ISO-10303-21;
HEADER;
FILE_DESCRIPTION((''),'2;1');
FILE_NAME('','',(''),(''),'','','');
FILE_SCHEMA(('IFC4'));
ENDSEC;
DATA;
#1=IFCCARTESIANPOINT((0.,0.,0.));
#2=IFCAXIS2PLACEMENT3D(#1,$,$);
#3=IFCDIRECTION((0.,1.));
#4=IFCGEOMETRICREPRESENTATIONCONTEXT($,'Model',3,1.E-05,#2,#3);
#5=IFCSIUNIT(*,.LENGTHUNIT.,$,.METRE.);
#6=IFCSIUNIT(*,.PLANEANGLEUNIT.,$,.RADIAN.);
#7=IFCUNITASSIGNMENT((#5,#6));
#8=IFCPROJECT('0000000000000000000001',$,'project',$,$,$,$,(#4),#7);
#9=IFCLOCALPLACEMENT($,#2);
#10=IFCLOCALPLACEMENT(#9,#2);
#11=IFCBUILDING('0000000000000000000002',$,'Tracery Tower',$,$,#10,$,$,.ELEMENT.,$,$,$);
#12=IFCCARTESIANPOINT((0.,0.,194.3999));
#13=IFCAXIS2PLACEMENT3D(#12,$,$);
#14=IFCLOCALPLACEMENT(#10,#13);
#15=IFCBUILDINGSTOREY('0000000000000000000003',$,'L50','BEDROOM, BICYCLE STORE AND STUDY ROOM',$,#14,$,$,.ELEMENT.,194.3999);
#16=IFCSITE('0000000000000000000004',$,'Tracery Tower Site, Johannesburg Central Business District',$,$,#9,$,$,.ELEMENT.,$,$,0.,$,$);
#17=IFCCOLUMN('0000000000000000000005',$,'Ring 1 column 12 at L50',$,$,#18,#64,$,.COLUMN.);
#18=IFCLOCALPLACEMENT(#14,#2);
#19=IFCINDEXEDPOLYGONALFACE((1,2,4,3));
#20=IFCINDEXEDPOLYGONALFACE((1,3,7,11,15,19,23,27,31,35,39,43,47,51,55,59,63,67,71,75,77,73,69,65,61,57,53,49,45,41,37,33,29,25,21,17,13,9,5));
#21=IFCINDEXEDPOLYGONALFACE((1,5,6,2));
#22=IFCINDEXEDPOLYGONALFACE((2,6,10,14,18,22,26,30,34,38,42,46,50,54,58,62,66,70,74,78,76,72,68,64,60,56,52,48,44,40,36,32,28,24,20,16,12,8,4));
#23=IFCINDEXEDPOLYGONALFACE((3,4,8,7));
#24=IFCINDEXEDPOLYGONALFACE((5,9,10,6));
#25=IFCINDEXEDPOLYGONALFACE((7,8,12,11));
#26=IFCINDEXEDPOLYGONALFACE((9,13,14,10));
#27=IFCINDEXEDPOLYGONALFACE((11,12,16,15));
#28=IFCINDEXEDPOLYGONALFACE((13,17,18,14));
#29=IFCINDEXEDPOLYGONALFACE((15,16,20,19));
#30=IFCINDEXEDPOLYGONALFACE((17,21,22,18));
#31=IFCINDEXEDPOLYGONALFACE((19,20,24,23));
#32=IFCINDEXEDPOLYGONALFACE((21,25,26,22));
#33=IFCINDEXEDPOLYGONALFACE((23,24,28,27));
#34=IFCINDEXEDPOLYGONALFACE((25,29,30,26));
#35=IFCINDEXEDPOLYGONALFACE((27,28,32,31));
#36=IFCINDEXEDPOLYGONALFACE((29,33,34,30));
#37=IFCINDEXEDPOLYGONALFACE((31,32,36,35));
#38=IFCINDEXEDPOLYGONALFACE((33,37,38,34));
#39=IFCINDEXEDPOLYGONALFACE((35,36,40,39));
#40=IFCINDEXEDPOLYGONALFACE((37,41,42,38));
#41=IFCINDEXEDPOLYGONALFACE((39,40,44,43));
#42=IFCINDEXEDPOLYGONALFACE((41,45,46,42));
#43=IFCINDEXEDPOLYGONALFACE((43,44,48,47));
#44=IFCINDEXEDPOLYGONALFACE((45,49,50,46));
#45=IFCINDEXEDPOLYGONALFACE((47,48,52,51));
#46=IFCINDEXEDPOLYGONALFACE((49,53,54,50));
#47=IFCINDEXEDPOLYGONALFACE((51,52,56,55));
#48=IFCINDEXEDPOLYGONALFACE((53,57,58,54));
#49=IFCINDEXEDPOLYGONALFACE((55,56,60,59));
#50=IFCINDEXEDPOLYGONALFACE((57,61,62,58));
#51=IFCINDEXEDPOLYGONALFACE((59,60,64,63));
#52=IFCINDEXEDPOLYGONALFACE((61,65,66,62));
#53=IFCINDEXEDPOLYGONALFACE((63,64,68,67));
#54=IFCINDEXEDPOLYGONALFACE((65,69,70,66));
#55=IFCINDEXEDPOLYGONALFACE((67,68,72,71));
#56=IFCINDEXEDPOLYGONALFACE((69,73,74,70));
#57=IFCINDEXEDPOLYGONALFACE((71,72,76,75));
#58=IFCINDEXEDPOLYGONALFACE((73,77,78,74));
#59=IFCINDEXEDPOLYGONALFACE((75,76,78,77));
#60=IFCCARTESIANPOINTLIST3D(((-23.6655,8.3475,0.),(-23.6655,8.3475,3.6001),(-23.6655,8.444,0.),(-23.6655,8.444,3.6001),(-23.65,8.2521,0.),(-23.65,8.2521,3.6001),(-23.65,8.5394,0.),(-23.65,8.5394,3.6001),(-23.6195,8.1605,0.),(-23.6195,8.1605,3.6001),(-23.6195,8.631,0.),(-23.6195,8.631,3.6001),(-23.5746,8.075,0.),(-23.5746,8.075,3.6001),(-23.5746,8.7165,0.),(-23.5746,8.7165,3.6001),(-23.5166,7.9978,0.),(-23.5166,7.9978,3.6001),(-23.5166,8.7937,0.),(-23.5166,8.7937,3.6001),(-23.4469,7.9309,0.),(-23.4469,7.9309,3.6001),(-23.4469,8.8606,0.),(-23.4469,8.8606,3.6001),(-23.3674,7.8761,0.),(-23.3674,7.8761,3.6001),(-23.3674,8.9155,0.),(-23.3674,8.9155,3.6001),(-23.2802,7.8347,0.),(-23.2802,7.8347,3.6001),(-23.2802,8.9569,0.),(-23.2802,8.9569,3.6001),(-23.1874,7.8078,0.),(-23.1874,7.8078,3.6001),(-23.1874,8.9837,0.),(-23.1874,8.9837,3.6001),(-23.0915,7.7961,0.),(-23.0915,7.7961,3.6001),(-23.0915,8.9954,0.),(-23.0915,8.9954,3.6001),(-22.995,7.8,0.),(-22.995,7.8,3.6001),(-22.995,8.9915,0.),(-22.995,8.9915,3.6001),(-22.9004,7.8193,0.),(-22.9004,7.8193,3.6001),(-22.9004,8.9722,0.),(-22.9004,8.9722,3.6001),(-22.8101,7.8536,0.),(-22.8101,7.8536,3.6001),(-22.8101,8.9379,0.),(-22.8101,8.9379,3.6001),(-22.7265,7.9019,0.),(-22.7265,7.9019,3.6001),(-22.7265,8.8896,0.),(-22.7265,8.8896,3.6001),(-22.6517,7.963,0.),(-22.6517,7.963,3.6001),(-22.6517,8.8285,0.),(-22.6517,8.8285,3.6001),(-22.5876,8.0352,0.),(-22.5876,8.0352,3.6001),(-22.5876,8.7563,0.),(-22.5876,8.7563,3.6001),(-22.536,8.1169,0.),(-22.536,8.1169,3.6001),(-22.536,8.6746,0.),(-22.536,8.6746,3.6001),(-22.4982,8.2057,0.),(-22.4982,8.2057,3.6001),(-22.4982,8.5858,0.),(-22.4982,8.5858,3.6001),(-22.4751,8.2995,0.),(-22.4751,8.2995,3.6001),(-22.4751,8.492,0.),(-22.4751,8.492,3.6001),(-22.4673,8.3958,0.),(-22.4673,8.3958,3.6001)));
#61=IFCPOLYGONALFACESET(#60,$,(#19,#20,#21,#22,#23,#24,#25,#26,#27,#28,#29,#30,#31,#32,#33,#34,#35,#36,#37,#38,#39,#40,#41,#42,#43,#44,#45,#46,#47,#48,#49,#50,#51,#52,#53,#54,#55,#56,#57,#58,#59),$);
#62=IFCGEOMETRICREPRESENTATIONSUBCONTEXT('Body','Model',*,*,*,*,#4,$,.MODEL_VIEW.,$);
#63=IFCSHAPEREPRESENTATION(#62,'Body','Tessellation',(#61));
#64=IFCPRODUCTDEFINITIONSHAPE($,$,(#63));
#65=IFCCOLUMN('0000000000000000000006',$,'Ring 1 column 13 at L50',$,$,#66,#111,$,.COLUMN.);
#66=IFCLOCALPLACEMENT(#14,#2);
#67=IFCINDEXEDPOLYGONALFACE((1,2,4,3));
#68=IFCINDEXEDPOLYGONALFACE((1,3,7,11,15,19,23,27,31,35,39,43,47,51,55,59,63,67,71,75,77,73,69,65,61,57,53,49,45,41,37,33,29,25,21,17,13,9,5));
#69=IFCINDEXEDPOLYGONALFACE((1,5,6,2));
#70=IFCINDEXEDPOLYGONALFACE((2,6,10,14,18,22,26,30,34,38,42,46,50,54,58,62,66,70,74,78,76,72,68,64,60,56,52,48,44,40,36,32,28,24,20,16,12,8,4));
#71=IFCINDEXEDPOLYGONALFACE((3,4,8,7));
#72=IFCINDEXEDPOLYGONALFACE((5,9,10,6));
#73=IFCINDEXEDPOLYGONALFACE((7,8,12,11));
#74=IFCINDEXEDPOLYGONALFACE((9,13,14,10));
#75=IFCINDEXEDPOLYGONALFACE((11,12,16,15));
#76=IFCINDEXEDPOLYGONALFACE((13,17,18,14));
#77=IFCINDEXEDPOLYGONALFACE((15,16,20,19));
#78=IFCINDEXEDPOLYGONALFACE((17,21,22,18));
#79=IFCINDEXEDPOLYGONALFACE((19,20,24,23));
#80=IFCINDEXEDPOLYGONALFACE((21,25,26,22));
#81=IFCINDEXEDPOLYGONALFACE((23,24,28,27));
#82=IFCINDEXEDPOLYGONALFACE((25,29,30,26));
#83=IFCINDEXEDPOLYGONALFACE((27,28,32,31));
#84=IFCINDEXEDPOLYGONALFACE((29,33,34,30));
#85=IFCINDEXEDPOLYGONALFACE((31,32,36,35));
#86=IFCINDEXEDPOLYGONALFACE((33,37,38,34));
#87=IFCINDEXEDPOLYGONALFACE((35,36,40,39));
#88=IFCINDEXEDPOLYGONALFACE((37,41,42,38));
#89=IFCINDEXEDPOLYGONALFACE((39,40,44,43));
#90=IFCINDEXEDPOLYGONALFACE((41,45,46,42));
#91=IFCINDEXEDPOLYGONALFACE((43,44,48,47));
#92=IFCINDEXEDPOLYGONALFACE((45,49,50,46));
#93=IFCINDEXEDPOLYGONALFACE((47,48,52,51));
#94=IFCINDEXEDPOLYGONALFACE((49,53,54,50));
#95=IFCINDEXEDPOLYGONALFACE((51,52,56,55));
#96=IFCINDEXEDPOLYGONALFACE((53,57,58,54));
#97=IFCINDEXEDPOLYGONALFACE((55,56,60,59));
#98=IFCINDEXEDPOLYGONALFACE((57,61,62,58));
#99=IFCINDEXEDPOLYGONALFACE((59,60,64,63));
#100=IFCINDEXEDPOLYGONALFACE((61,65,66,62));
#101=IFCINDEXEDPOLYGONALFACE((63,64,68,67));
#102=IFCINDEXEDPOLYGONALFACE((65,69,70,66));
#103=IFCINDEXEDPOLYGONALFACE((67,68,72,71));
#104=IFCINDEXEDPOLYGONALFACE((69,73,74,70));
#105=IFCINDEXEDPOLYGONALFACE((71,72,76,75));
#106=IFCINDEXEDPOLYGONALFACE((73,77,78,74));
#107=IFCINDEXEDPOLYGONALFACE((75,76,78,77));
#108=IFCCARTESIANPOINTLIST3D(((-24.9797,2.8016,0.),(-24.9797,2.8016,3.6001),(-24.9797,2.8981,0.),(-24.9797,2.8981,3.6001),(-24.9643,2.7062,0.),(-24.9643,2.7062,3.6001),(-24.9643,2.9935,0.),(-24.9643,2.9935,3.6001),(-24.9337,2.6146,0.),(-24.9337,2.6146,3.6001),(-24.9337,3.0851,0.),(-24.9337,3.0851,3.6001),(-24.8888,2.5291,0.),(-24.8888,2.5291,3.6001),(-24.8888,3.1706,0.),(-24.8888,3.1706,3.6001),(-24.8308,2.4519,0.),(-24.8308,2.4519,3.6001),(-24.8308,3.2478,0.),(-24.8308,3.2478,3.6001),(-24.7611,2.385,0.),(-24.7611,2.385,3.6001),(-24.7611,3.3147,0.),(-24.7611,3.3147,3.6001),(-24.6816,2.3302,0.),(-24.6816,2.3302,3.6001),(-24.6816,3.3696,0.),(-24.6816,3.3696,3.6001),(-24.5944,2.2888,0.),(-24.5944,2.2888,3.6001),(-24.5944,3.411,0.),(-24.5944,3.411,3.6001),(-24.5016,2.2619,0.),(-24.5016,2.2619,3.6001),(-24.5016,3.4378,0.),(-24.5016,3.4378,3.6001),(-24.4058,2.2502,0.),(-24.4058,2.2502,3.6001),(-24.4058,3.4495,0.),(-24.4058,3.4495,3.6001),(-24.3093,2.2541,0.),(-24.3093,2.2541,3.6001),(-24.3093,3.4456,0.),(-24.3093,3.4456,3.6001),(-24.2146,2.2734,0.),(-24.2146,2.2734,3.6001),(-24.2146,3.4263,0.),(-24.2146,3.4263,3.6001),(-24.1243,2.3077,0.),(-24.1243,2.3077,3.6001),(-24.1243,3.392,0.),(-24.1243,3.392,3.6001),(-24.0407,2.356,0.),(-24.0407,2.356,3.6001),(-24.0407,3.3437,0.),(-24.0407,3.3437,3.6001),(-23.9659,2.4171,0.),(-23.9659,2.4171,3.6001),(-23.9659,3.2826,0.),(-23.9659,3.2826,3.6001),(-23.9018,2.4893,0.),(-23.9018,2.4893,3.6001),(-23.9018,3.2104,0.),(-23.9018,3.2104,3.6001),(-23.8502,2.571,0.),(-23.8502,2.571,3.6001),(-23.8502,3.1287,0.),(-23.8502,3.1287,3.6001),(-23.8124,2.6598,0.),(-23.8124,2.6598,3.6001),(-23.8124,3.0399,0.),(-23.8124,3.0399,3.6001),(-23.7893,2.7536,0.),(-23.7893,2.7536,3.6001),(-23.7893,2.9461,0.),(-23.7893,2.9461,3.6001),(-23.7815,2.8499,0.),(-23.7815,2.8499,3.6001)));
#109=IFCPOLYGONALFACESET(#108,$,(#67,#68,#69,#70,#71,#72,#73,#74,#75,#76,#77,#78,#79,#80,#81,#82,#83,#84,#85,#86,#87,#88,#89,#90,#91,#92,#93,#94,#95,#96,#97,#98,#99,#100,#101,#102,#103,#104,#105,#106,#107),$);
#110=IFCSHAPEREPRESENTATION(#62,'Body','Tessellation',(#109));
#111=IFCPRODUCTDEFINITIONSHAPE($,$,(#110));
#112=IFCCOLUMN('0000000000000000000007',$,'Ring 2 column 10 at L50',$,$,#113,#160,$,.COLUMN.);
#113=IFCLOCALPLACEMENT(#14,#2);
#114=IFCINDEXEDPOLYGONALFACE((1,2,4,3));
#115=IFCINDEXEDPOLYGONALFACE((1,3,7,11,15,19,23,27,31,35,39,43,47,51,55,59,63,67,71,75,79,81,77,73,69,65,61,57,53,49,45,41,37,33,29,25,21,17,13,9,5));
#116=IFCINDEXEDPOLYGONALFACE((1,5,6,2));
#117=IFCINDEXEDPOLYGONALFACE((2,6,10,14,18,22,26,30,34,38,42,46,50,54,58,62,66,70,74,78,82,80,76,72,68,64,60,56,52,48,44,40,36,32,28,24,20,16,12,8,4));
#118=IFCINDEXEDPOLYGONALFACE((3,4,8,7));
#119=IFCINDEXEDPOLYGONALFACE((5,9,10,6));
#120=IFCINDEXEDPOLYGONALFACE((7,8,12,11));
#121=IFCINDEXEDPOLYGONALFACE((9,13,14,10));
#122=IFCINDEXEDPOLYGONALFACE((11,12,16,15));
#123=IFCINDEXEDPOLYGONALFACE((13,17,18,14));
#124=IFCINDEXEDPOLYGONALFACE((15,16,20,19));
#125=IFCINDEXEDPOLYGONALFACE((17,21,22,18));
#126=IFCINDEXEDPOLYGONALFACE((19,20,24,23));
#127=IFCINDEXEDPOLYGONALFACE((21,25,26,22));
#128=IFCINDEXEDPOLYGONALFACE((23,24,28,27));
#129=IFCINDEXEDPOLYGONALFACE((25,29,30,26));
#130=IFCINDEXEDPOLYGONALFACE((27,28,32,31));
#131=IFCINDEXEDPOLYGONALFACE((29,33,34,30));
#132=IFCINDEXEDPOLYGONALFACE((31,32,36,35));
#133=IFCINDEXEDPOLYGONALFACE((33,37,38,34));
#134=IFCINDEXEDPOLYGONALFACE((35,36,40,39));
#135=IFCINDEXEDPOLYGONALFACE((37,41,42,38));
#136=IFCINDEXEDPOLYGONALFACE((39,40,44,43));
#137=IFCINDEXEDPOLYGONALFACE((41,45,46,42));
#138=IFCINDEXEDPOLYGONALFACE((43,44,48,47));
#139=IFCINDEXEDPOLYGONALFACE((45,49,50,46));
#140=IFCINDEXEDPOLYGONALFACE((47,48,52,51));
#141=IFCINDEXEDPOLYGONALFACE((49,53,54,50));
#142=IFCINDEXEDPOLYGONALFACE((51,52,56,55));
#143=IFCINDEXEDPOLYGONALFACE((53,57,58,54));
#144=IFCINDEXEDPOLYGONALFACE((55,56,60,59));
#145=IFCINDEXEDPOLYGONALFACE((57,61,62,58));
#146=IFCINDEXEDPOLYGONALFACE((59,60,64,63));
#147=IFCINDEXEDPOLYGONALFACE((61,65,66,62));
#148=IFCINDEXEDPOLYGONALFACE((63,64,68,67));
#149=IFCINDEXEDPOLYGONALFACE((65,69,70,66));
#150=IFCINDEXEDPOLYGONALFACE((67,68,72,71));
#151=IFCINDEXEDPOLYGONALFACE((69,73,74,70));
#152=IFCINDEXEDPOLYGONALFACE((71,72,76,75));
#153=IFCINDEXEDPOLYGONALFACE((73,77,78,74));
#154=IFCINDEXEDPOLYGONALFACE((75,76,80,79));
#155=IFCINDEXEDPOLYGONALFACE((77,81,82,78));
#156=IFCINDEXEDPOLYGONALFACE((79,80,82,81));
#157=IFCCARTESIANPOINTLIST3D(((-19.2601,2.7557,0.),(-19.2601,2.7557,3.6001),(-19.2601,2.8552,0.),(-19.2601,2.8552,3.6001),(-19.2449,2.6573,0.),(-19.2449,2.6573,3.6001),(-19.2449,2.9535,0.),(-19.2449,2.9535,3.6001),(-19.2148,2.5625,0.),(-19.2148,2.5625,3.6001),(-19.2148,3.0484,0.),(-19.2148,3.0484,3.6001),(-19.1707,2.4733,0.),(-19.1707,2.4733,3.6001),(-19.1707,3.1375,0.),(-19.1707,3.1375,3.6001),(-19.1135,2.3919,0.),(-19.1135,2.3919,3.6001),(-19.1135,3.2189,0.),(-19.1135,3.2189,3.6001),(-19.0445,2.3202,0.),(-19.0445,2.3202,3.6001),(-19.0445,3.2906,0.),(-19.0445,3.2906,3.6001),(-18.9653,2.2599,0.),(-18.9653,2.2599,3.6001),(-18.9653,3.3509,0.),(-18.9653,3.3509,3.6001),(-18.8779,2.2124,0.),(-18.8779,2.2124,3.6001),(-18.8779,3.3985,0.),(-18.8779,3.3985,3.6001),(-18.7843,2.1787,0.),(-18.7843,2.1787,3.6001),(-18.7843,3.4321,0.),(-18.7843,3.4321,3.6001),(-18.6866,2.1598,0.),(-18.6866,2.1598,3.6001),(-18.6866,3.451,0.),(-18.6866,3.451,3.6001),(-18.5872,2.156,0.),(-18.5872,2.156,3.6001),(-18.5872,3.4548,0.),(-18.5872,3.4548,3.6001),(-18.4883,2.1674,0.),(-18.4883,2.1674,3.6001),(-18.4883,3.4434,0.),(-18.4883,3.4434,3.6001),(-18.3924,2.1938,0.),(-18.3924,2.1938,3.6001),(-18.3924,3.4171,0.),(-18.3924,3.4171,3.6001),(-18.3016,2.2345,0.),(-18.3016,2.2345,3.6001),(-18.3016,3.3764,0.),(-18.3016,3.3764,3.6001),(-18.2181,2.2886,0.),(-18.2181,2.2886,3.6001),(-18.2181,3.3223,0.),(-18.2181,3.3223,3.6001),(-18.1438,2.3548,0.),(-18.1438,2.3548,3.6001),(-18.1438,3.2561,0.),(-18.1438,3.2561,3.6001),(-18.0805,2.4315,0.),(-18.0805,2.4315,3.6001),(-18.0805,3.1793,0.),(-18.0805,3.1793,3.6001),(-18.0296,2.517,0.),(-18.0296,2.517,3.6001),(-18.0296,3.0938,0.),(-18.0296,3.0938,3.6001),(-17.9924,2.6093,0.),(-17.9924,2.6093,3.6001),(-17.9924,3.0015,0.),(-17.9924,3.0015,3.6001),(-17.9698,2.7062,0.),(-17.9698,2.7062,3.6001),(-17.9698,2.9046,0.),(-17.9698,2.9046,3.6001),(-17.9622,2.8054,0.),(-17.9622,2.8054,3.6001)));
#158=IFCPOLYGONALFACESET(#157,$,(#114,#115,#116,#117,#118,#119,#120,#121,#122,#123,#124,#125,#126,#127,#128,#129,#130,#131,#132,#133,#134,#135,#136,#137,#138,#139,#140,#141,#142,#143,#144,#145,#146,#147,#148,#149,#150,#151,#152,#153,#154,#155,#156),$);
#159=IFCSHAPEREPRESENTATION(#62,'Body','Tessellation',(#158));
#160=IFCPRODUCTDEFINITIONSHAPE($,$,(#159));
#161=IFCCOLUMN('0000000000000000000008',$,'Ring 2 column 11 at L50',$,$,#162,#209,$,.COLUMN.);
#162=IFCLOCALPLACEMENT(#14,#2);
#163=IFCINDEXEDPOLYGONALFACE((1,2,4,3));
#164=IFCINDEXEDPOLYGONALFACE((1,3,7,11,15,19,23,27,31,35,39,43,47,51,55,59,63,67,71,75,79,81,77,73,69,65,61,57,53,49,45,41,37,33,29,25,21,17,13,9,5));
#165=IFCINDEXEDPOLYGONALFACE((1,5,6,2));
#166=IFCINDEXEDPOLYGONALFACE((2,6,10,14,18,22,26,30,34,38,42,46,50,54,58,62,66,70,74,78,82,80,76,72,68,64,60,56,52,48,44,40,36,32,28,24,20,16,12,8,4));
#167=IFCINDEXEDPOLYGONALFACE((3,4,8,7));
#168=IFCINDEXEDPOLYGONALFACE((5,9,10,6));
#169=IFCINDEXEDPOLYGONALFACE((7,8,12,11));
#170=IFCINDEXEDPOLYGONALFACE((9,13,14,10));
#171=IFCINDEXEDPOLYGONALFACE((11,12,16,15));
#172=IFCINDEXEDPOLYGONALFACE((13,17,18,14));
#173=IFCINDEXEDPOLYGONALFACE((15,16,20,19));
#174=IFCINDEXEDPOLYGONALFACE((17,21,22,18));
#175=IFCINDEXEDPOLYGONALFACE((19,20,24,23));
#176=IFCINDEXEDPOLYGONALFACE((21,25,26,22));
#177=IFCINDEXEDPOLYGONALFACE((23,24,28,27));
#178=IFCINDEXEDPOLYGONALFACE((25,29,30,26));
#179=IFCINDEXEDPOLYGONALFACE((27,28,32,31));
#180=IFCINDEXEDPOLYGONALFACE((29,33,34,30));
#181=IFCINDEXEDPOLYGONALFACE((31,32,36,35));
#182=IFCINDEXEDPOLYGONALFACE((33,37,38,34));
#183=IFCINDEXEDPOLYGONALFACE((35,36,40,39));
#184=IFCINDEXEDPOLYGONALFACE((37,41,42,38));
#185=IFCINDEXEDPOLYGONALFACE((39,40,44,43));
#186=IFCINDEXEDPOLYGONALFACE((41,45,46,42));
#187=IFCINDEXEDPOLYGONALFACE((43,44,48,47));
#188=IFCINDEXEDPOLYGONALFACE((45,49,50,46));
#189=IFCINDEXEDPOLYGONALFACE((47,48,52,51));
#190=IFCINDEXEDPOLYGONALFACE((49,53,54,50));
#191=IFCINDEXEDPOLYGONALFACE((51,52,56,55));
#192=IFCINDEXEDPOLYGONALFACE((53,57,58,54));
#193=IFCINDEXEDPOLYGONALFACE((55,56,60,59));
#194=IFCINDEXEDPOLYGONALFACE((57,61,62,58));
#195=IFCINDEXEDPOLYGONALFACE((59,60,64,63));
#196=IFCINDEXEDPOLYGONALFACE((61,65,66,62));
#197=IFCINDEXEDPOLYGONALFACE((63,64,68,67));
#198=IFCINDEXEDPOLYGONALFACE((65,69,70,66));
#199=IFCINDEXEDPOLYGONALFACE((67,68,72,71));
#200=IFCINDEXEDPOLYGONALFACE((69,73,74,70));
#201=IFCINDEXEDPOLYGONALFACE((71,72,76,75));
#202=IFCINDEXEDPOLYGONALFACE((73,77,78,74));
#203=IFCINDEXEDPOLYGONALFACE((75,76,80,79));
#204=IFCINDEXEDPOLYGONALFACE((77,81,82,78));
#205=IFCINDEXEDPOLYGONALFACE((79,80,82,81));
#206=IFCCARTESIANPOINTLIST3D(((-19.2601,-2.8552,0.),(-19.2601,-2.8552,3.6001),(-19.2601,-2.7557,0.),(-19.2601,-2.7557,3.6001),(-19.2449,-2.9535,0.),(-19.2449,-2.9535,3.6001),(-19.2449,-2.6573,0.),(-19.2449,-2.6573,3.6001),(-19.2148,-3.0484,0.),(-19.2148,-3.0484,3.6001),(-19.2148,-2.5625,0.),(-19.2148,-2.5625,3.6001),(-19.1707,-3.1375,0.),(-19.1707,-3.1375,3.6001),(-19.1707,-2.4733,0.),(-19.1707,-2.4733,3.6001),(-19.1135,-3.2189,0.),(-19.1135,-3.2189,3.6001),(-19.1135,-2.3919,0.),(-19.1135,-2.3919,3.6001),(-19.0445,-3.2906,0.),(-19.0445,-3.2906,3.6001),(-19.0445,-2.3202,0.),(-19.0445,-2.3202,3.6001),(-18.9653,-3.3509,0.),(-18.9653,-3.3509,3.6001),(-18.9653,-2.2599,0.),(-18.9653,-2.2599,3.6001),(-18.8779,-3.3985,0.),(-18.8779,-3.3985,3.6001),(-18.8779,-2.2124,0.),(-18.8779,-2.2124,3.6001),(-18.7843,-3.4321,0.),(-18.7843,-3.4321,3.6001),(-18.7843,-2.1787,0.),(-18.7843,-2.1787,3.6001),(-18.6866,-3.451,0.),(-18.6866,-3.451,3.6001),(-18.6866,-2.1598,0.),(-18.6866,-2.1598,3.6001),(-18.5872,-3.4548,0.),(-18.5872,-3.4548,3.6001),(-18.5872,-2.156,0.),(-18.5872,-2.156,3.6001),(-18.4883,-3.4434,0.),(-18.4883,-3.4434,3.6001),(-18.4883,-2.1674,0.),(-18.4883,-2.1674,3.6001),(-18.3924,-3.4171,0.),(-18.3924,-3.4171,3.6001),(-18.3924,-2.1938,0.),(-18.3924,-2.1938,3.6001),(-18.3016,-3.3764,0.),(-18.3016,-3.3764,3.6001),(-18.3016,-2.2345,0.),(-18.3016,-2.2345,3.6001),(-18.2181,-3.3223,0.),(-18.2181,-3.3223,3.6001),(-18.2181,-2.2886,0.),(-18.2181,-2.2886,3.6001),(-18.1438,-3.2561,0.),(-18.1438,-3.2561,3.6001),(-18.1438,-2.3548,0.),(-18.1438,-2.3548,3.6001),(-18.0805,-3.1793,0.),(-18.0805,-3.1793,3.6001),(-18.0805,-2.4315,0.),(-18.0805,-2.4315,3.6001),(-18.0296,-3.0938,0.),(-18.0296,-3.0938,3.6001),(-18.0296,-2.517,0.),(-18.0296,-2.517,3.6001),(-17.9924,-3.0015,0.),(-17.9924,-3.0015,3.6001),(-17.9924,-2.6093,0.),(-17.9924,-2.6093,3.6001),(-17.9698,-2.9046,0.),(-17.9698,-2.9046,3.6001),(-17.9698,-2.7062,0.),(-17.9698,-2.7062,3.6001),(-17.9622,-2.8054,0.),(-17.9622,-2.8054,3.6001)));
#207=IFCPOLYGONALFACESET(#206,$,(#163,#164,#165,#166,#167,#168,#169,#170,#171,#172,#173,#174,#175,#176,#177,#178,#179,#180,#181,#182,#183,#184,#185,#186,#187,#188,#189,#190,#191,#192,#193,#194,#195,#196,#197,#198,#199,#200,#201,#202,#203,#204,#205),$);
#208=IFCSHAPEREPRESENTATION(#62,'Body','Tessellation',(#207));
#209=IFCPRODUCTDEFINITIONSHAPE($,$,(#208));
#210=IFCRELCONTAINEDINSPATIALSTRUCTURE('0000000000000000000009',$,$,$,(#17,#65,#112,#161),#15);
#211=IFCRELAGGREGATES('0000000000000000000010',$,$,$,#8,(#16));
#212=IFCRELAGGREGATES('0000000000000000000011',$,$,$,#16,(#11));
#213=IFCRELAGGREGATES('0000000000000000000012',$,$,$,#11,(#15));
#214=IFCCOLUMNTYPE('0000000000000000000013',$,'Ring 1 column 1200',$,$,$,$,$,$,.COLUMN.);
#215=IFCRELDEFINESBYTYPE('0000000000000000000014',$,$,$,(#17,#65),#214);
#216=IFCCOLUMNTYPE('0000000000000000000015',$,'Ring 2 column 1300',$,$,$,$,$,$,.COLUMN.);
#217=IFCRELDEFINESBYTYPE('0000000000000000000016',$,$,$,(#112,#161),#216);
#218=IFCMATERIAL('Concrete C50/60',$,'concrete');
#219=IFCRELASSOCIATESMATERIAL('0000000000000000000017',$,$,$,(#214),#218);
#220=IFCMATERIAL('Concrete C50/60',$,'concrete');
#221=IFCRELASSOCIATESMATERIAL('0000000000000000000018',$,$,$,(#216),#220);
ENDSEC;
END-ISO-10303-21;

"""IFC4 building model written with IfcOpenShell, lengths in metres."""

from ifc_helpers import new_model, si_unit, direction, frame, origin, origin_2d, place, context, subcontext, project, spatial, circle, extrude, material, material_profile, profile_set, type_object, element, save


model = new_model("IFC4")

# Units and contexts
model_context = context("Model", 3, precision=1e-05, world=origin(), true_north=direction((0.0, 1.0)))
body_context = subcontext(model_context, "Body", "Model", "MODEL_VIEW")
ifc_project = project(units=[si_unit("LENGTHUNIT", "METRE"), si_unit("PLANEANGLEUNIT", "RADIAN")], contexts=[model_context])

# Site, building, storey
site_placement = place(None, origin())
site = spatial("IfcSite", under=ifc_project, at=site_placement, Name="Tracery Tower Site, Johannesburg Central Business District", CompositionType="ELEMENT", RefElevation=0.0)
building_placement = place(site_placement, origin())
building = spatial("IfcBuilding", under=site, at=building_placement, Name="Tracery Tower", CompositionType="ELEMENT")
storey_placement = place(building_placement, frame((0.0, 0.0, 194.3999)))
storey = spatial("IfcBuildingStorey", under=building, at=storey_placement, Name="L50", Description="BEDROOM, BICYCLE STORE AND STUDY ROOM", CompositionType="ELEMENT", Elevation=194.3999)

# Columns
ifc_material_1 = material(Name="Concrete C50/60", Category="concrete")
ifc_material_profile_1 = material_profile(ifc_material_1, circle(Radius=0.6001, at=origin_2d()), Name="RC D1200")
ifc_profile_set_1 = profile_set([ifc_material_profile_1], Name="Concrete C50/60")
column_type_1 = type_object("IfcColumnType", Name="Ring 1 column 1200", PredefinedType="COLUMN", material=ifc_profile_set_1)
for number, where, z_axis, x_axis, name in (
    (1, (-23.0674, 8.3958, 0.0), (0.0, 0.0, 1.0), (1.0, 0.0, 0.0), "Ring 1 column 12 at L50"),
    (2, (-24.3816, 2.8499, 0.0), (0.0, 0.0, 1.0), (1.0, 0.0, 0.0), "Ring 1 column 13 at L50"),
):
    element("IfcColumn", number, at=place(storey_placement, frame(where, z_axis=z_axis, x_axis=x_axis)), inside=storey, type_object=column_type_1, Name=name, PredefinedType="COLUMN", context=body_context, shape_type="SweptSolid", body=[
        extrude(circle(Radius=0.6001, at=origin_2d()), origin(), (0.0, 0.0, 1.0), 3.6001),
    ])
ifc_material_2 = material(Name="Concrete C50/60", Category="concrete")
ifc_material_profile_2 = material_profile(ifc_material_2, circle(Radius=0.6499, at=origin_2d()), Name="RC D1300")
ifc_profile_set_2 = profile_set([ifc_material_profile_2], Name="Concrete C50/60")
column_type_2 = type_object("IfcColumnType", Name="Ring 2 column 1300", PredefinedType="COLUMN", material=ifc_profile_set_2)
for number, where, z_axis, x_axis, name in (
    (3, (-18.6121, 2.8054, 0.0), (0.0, 0.0, 1.0), (1.0, 0.0, 0.0), "Ring 2 column 10 at L50"),
    (4, (-18.6121, -2.8054, 0.0), (0.0, 0.0, 1.0), (1.0, 0.0, 0.0), "Ring 2 column 11 at L50"),
):
    element("IfcColumn", number, at=place(storey_placement, frame(where, z_axis=z_axis, x_axis=x_axis)), inside=storey, type_object=column_type_2, Name=name, PredefinedType="COLUMN", context=body_context, shape_type="SweptSolid", body=[
        extrude(circle(Radius=0.6499, at=origin_2d()), origin(), (0.0, 0.0, 1.0), 3.6001),
    ])

save(model, "model.ifc")
